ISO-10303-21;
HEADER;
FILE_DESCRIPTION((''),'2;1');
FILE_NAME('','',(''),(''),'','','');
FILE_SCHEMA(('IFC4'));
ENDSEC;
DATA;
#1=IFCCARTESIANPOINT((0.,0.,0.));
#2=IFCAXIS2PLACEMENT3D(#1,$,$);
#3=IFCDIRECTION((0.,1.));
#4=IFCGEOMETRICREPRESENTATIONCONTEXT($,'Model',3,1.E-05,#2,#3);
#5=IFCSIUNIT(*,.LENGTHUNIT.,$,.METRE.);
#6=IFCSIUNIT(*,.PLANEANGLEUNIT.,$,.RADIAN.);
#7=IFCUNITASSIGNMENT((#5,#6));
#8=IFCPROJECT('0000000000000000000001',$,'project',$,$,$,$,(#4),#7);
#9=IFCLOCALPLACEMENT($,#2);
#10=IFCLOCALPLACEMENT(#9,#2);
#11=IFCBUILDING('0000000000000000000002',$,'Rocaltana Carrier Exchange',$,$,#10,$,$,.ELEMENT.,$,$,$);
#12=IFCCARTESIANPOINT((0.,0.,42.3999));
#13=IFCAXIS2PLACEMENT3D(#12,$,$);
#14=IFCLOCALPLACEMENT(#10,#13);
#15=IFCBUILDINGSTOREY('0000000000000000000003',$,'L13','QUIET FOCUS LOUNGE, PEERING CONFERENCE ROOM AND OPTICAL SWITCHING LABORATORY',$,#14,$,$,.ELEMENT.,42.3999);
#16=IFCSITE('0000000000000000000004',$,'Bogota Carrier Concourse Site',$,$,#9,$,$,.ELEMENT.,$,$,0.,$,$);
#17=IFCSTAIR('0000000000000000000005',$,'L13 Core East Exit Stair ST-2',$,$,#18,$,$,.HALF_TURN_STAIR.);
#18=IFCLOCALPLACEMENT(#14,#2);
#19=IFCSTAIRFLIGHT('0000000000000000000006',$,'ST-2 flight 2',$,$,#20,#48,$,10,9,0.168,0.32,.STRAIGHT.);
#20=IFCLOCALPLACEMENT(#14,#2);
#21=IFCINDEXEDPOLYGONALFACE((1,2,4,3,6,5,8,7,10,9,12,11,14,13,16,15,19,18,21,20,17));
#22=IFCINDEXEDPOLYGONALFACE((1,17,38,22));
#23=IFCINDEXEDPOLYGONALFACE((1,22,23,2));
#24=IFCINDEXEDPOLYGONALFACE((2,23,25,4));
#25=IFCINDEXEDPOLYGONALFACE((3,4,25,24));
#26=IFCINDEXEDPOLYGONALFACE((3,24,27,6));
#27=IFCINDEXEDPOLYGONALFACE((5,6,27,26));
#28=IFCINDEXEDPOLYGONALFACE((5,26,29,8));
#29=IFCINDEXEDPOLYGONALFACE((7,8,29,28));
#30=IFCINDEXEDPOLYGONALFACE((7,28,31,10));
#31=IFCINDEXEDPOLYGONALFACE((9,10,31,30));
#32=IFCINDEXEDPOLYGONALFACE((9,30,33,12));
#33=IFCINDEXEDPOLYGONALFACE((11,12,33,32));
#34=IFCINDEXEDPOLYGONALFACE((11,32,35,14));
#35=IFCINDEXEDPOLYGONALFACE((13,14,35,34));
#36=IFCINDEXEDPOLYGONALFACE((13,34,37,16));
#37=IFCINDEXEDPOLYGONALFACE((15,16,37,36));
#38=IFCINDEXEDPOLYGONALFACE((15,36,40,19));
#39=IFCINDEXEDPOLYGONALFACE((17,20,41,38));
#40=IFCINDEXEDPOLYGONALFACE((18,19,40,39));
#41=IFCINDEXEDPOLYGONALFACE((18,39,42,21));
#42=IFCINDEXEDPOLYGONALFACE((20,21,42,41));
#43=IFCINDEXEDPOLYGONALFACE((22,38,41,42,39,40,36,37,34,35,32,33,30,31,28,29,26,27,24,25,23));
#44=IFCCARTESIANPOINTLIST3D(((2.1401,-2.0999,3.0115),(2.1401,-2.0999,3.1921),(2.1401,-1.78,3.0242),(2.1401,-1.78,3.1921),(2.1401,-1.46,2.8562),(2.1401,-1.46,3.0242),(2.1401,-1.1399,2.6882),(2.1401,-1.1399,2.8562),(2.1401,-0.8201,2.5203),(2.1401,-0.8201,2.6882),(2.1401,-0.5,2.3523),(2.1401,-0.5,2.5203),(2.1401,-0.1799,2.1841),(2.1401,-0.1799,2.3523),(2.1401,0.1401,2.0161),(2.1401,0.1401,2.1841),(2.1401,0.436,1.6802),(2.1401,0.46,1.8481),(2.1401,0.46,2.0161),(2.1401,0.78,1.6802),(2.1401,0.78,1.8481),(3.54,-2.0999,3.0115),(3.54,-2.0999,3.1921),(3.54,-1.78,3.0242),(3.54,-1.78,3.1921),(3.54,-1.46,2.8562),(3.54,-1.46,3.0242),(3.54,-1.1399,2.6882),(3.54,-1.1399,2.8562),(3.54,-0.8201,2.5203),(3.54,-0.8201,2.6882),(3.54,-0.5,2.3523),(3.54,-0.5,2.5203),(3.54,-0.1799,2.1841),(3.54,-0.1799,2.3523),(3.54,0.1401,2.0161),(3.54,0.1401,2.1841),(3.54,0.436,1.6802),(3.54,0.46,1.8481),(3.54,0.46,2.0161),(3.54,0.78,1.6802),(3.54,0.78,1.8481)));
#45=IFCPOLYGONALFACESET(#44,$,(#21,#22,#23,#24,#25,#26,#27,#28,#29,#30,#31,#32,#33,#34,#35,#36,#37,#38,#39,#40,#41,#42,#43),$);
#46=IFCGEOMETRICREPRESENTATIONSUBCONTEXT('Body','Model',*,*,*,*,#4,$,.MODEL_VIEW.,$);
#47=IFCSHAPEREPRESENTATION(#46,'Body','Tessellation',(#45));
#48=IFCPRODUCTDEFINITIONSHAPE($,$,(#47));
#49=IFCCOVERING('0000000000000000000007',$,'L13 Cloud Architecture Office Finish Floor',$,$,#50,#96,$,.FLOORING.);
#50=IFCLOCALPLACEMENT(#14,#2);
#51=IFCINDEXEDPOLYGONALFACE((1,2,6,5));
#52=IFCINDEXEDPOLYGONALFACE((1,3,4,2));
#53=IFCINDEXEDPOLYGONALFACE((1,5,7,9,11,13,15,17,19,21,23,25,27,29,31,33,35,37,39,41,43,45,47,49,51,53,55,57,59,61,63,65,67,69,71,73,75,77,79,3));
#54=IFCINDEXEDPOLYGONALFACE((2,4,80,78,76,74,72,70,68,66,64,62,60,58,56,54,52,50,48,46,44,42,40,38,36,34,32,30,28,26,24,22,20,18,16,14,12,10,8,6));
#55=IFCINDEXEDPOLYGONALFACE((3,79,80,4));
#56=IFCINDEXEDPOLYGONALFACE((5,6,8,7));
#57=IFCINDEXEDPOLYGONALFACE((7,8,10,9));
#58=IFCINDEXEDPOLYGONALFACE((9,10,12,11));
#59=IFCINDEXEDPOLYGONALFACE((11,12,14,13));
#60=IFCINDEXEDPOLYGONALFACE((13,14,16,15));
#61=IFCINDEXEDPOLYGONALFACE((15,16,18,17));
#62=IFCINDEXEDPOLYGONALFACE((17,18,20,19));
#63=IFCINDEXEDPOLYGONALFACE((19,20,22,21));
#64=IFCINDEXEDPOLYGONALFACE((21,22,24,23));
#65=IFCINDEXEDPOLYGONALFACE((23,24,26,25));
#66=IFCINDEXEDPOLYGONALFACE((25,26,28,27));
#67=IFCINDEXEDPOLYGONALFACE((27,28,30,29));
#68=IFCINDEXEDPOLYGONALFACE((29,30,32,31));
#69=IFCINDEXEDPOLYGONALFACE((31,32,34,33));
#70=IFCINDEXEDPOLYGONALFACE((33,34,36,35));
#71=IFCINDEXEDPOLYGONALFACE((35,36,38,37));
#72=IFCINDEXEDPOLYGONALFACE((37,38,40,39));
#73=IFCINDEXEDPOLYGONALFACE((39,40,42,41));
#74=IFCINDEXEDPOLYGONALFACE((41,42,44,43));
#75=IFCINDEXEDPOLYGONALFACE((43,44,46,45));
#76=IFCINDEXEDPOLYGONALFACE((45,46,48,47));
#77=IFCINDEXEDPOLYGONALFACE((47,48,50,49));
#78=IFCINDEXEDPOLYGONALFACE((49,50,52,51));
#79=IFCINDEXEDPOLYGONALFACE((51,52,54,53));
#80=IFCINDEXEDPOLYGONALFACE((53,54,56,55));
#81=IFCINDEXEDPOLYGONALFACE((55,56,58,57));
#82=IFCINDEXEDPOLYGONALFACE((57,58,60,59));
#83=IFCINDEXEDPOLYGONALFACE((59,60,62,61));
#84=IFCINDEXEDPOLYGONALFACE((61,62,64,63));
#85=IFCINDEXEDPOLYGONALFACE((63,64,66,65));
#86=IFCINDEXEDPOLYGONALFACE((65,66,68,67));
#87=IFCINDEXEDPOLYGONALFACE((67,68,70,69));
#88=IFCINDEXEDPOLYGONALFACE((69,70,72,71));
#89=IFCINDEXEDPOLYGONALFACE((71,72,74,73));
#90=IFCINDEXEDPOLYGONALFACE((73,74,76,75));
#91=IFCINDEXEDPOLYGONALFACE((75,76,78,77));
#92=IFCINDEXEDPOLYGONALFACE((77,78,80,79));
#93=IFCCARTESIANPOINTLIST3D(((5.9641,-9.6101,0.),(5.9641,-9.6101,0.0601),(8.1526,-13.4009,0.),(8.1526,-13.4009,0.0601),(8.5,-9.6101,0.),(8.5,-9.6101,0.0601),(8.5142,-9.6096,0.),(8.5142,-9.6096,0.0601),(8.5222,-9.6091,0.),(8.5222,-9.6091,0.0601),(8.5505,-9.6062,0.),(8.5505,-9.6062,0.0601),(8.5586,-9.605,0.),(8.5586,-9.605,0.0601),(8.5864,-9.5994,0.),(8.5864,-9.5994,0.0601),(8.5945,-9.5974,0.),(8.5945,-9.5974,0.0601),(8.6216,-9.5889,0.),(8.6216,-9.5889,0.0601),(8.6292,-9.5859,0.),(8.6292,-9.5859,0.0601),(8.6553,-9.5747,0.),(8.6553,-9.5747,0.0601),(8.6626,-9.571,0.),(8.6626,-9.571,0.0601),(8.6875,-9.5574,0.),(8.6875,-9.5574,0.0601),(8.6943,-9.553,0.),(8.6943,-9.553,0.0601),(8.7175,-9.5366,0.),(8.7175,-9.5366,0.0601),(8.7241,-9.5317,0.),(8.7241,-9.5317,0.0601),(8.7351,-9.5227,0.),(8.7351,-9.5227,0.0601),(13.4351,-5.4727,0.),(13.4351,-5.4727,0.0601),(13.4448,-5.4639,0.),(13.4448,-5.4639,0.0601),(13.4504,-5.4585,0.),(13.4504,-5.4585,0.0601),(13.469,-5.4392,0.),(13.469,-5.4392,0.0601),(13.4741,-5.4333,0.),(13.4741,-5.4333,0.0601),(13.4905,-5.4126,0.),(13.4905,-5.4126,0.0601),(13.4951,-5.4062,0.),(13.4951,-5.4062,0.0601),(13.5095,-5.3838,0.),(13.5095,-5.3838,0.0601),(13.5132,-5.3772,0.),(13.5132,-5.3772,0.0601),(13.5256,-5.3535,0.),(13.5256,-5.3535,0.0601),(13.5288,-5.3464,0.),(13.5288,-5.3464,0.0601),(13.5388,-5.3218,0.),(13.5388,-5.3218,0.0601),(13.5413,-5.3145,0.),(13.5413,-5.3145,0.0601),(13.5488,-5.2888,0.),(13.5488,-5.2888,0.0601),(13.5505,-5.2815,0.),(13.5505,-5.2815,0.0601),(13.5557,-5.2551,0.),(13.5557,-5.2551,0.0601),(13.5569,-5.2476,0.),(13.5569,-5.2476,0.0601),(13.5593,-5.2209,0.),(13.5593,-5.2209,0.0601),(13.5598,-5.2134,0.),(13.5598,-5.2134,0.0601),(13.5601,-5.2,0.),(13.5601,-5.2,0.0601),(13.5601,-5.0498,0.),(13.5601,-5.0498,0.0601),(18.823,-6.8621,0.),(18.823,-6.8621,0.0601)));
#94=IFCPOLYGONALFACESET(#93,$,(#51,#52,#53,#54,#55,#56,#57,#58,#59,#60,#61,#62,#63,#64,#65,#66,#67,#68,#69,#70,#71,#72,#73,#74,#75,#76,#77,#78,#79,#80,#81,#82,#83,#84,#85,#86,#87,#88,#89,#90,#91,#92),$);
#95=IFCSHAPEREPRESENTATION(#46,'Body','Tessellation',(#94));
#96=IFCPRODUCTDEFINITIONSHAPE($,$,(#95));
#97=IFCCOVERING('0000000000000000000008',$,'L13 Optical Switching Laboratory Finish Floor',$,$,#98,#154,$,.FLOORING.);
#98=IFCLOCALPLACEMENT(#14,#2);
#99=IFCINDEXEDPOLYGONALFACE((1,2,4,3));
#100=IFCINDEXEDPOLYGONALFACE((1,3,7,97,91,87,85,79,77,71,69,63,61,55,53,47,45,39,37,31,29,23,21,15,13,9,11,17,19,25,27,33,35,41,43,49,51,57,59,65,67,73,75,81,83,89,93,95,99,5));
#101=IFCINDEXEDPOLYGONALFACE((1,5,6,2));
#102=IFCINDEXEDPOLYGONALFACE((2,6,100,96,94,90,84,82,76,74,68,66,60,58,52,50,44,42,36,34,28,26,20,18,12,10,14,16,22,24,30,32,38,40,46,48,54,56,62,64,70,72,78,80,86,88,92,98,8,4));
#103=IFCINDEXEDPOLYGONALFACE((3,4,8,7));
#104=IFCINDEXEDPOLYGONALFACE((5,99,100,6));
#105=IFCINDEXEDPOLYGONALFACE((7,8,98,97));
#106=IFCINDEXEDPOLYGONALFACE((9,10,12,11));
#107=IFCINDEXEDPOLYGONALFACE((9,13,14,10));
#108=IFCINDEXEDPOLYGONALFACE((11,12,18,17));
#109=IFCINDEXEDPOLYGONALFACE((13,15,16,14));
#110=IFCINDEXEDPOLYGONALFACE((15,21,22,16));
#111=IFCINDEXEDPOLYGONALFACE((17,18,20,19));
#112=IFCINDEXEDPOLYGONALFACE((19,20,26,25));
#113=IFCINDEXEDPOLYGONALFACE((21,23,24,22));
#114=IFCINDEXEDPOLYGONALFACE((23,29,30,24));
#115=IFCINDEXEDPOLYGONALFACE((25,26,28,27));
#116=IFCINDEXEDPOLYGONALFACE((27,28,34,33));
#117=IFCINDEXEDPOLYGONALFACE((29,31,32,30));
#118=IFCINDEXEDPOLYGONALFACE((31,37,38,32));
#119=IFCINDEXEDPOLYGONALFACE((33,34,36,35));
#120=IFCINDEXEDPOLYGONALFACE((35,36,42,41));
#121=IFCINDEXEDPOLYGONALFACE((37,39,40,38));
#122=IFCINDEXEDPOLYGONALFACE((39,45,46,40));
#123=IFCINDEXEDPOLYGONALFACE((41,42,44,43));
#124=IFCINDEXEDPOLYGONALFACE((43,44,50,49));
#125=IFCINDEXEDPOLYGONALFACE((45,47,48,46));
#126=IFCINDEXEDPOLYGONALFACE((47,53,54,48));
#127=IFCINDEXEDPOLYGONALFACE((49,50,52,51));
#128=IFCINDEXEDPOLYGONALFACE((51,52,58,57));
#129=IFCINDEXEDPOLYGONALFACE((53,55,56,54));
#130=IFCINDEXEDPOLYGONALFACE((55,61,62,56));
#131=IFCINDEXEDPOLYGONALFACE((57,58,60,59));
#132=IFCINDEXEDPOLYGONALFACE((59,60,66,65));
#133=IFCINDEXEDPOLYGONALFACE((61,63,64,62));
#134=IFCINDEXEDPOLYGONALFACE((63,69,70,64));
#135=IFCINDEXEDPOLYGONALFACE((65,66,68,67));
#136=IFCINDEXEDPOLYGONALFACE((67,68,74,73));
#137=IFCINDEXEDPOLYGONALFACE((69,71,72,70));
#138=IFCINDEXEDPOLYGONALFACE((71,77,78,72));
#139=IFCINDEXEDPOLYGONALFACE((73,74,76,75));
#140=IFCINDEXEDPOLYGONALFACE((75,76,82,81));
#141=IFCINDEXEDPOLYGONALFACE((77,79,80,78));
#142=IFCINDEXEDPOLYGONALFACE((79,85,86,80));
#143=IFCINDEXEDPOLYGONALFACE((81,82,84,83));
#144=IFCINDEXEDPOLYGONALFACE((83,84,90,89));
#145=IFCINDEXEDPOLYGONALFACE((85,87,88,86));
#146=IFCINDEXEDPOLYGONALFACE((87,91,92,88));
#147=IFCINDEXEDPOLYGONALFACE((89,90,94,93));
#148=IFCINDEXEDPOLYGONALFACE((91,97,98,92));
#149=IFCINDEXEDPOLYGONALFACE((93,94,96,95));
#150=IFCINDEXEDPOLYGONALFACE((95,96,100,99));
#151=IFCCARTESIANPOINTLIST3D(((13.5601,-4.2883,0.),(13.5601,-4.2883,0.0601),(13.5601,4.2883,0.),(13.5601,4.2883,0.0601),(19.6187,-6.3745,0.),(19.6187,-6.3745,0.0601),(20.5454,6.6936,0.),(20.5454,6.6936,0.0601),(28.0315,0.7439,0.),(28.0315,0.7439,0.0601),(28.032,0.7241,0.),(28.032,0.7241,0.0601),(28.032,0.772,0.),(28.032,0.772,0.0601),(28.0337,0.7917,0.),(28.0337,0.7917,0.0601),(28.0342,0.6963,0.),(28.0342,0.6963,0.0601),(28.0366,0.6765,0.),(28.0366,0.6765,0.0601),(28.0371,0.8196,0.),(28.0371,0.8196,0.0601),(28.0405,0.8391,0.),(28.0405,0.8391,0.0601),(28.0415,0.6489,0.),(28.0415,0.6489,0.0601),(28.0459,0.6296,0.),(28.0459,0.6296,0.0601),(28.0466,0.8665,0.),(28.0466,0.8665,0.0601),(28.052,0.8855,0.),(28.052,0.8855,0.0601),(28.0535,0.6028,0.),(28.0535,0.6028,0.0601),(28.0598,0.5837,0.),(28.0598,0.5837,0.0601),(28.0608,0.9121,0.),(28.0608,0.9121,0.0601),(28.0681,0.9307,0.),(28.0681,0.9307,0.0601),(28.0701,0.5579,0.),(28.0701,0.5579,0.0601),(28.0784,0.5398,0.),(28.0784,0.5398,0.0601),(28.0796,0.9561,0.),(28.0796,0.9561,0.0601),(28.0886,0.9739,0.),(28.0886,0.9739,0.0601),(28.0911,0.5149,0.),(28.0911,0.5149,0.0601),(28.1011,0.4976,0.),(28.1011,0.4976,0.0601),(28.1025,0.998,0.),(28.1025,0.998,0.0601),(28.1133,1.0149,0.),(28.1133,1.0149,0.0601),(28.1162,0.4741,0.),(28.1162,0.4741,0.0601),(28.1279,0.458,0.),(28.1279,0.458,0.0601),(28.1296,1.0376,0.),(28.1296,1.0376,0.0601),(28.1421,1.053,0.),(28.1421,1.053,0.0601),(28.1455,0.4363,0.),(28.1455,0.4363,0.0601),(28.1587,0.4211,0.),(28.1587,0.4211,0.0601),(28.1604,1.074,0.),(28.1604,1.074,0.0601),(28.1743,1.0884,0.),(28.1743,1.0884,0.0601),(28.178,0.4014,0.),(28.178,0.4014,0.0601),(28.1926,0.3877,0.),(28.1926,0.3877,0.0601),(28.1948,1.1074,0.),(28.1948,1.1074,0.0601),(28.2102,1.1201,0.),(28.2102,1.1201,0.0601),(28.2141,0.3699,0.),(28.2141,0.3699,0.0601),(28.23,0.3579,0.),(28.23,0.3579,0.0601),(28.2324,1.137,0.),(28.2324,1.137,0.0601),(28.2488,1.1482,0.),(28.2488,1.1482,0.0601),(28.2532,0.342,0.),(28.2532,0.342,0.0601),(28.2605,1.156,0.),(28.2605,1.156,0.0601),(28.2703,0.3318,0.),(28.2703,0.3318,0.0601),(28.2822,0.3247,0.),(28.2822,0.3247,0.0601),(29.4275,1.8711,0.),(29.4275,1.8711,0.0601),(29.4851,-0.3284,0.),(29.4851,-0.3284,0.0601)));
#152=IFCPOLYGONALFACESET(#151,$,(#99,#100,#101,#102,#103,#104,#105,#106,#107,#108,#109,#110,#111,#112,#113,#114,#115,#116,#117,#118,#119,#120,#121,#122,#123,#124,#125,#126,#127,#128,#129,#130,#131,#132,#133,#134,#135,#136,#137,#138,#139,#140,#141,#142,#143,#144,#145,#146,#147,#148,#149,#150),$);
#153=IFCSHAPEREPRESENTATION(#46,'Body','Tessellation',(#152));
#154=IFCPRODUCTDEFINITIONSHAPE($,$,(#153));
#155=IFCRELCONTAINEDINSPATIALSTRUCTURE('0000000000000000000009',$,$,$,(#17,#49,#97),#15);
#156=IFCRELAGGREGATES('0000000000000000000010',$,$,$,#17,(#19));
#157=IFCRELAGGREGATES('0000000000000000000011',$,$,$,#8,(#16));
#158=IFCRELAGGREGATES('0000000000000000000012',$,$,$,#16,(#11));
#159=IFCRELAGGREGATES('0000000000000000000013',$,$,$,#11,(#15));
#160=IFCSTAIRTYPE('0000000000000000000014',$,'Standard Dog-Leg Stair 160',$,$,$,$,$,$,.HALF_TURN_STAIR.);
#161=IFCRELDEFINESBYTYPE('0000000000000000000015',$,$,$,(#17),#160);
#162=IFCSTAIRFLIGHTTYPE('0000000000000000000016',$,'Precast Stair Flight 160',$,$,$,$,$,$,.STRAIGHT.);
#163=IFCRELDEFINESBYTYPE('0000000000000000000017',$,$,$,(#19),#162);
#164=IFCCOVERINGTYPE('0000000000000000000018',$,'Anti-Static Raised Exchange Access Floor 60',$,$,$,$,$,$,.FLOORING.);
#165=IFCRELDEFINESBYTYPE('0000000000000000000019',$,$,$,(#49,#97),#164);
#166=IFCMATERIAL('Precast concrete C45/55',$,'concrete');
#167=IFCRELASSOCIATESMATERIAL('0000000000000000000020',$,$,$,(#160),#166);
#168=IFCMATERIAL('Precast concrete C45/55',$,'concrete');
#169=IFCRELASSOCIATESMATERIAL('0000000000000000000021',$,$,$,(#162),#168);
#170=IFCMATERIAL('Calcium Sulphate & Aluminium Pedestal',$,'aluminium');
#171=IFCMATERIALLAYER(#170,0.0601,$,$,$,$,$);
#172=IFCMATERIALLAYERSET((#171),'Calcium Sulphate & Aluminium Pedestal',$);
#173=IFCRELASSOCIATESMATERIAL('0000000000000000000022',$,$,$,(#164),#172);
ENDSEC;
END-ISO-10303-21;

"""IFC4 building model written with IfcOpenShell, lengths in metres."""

from ifc_helpers import new_model, si_unit, direction, frame, origin, place, context, subcontext, project, spatial, polyline, outline, extrude, material, layer, layer_set, type_object, element, aggregate, save


model = new_model("IFC4")

# Units and contexts
model_context = context("Model", 3, precision=1e-05, world=origin(), true_north=direction((0.0, 1.0)))
body_context = subcontext(model_context, "Body", "Model", "MODEL_VIEW")
ifc_project = project(units=[si_unit("LENGTHUNIT", "METRE"), si_unit("PLANEANGLEUNIT", "RADIAN")], contexts=[model_context])

# Site, building, storey
site_placement = place(None, origin())
site = spatial("IfcSite", under=ifc_project, at=site_placement, Name="Bogota Carrier Concourse Site", CompositionType="ELEMENT", RefElevation=0.0)
building_placement = place(site_placement, origin())
building = spatial("IfcBuilding", under=site, at=building_placement, Name="Rocaltana Carrier Exchange", CompositionType="ELEMENT")
storey_placement = place(building_placement, frame((0.0, 0.0, 42.3999)))
storey = spatial("IfcBuildingStorey", under=building, at=storey_placement, Name="L13", Description="QUIET FOCUS LOUNGE, PEERING CONFERENCE ROOM AND OPTICAL SWITCHING LABORATORY", CompositionType="ELEMENT", Elevation=42.3999)

# Stair, stair flight
ifc_material_1 = material(Name="Precast concrete C45/55", Category="concrete")
stair_type = type_object("IfcStairType", Name="Standard Dog-Leg Stair 160", PredefinedType="HALF_TURN_STAIR", material=ifc_material_1)
stair_placement = place(storey_placement, origin())
stair = element("IfcStair", 1, at=stair_placement, inside=storey, type_object=stair_type, Name="L13 Core East Exit Stair ST-2", PredefinedType="HALF_TURN_STAIR")
ifc_material_2 = material(Name="Precast concrete C45/55", Category="concrete")
stair_flight_type = type_object("IfcStairFlightType", Name="Precast Stair Flight 160", PredefinedType="STRAIGHT", material=ifc_material_2)
stair_flight_placement = place(storey_placement, frame((2.8401, 0.78, 1.6802), z_axis=(0.0, 0.0, 1.0), x_axis=(0.0, -1.0, 0.0)))
stair_flight = element("IfcStairFlight", 2, at=stair_flight_placement, type_object=stair_flight_type, Name="ST-2 flight 2", NumberOfRisers=10, NumberOfTreads=9, PredefinedType="STRAIGHT", RiserHeight=0.168, TreadLength=0.32, context=body_context, shape_type="SweptSolid", body=[
    extrude(outline(polyline([(0.0, 0.0), (0.0, 0.168), (0.3201, 0.168), (0.3201, 0.3359), (0.6399, 0.3359), (0.6399, 0.5039), (0.96, 0.5039), (0.96, 0.6721), (1.28, 0.6721), (1.28, 0.8401), (1.6001, 0.8401), (1.6001, 1.0081), (1.9199, 1.0081), (1.9199, 1.176), (2.24, 1.176), (2.24, 1.344), (2.5601, 1.344), (2.5601, 1.512), (2.8799, 1.512), (2.8799, 1.6799), (2.8799, 1.3313), (0.344, 0.0), (0.0, 0.0)])), frame((0.0, 0.7, 0.0), z_axis=(0.0, -1.0, 0.0), x_axis=(1.0, 0.0, 0.0)), (0.0, 0.0, 1.0), 1.3999),
])
aggregate(stair, [stair_flight])

# Coverings
ifc_material_3 = material(Name="Calcium Sulphate & Aluminium Pedestal", Category="aluminium")
ifc_layer_1 = layer(ifc_material_3, 0.0601)
ifc_layer_set_1 = layer_set([ifc_layer_1], Name="Calcium Sulphate & Aluminium Pedestal")
covering_type_1 = type_object("IfcCoveringType", Name="Anti-Static Raised Exchange Access Floor 60", PredefinedType="FLOORING", material=ifc_layer_set_1)
covering_1_placement = place(storey_placement, origin())
element("IfcCovering", 3, at=covering_1_placement, inside=storey, type_object=covering_type_1, Name="L13 Cloud Architecture Office Finish Floor", PredefinedType="FLOORING", context=body_context, shape_type="SweptSolid", body=[
    extrude(outline(polyline([(8.1526, -13.4009), (5.9641, -9.6101), (8.5, -9.6101), (8.5142, -9.6096), (8.5222, -9.6091), (8.5505, -9.6062), (8.5586, -9.605), (8.5864, -9.5994), (8.5945, -9.5974), (8.6216, -9.5889), (8.6292, -9.5859), (8.6553, -9.5747), (8.6626, -9.571), (8.6875, -9.5574), (8.6943, -9.553), (8.7175, -9.5366), (8.7241, -9.5317), (8.7351, -9.5227), (13.4351, -5.4727), (13.4448, -5.4639), (13.4504, -5.4585), (13.469, -5.4392), (13.4741, -5.4333), (13.4905, -5.4126), (13.4951, -5.4062), (13.5095, -5.3838), (13.5132, -5.3772), (13.5256, -5.3535), (13.5288, -5.3464), (13.5388, -5.3218), (13.5413, -5.3145), (13.5488, -5.2888), (13.5505, -5.2815), (13.5557, -5.2551), (13.5569, -5.2476), (13.5593, -5.2209), (13.5598, -5.2134), (13.5601, -5.2), (13.5601, -5.0498), (18.823, -6.8621), (8.1526, -13.4009)])), origin(), (0.0, 0.0, 1.0), 0.0601),
])
covering_2_placement = place(storey_placement, origin())
element("IfcCovering", 4, at=covering_2_placement, inside=storey, type_object=covering_type_1, Name="L13 Optical Switching Laboratory Finish Floor", PredefinedType="FLOORING", context=body_context, shape_type="SweptSolid", body=[
    extrude(outline(polyline([(29.4275, 1.8711), (28.2605, 1.156), (28.2488, 1.1482), (28.2324, 1.137), (28.2102, 1.1201), (28.1948, 1.1074), (28.1743, 1.0884), (28.1604, 1.074), (28.1421, 1.053), (28.1296, 1.0376), (28.1133, 1.0149), (28.1025, 0.998), (28.0886, 0.9739), (28.0796, 0.9561), (28.0681, 0.9307), (28.0608, 0.9121), (28.052, 0.8855), (28.0466, 0.8665), (28.0405, 0.8391), (28.0371, 0.8196), (28.0337, 0.7917), (28.032, 0.772), (28.0315, 0.7439), (28.032, 0.7241), (28.0342, 0.6963), (28.0366, 0.6765), (28.0415, 0.6489), (28.0459, 0.6296), (28.0535, 0.6028), (28.0598, 0.5837), (28.0701, 0.5579), (28.0784, 0.5398), (28.0911, 0.5149), (28.1011, 0.4976), (28.1162, 0.4741), (28.1279, 0.458), (28.1455, 0.4363), (28.1587, 0.4211), (28.178, 0.4014), (28.1926, 0.3877), (28.2141, 0.3699), (28.23, 0.3579), (28.2532, 0.342), (28.2703, 0.3318), (28.2822, 0.3247), (29.4851, -0.3284), (19.6187, -6.3745), (13.5601, -4.2883), (13.5601, 4.2883), (20.5454, 6.6936), (29.4275, 1.8711)])), origin(), (0.0, 0.0, 1.0), 0.0601),
])

save(model, "model.ifc")
